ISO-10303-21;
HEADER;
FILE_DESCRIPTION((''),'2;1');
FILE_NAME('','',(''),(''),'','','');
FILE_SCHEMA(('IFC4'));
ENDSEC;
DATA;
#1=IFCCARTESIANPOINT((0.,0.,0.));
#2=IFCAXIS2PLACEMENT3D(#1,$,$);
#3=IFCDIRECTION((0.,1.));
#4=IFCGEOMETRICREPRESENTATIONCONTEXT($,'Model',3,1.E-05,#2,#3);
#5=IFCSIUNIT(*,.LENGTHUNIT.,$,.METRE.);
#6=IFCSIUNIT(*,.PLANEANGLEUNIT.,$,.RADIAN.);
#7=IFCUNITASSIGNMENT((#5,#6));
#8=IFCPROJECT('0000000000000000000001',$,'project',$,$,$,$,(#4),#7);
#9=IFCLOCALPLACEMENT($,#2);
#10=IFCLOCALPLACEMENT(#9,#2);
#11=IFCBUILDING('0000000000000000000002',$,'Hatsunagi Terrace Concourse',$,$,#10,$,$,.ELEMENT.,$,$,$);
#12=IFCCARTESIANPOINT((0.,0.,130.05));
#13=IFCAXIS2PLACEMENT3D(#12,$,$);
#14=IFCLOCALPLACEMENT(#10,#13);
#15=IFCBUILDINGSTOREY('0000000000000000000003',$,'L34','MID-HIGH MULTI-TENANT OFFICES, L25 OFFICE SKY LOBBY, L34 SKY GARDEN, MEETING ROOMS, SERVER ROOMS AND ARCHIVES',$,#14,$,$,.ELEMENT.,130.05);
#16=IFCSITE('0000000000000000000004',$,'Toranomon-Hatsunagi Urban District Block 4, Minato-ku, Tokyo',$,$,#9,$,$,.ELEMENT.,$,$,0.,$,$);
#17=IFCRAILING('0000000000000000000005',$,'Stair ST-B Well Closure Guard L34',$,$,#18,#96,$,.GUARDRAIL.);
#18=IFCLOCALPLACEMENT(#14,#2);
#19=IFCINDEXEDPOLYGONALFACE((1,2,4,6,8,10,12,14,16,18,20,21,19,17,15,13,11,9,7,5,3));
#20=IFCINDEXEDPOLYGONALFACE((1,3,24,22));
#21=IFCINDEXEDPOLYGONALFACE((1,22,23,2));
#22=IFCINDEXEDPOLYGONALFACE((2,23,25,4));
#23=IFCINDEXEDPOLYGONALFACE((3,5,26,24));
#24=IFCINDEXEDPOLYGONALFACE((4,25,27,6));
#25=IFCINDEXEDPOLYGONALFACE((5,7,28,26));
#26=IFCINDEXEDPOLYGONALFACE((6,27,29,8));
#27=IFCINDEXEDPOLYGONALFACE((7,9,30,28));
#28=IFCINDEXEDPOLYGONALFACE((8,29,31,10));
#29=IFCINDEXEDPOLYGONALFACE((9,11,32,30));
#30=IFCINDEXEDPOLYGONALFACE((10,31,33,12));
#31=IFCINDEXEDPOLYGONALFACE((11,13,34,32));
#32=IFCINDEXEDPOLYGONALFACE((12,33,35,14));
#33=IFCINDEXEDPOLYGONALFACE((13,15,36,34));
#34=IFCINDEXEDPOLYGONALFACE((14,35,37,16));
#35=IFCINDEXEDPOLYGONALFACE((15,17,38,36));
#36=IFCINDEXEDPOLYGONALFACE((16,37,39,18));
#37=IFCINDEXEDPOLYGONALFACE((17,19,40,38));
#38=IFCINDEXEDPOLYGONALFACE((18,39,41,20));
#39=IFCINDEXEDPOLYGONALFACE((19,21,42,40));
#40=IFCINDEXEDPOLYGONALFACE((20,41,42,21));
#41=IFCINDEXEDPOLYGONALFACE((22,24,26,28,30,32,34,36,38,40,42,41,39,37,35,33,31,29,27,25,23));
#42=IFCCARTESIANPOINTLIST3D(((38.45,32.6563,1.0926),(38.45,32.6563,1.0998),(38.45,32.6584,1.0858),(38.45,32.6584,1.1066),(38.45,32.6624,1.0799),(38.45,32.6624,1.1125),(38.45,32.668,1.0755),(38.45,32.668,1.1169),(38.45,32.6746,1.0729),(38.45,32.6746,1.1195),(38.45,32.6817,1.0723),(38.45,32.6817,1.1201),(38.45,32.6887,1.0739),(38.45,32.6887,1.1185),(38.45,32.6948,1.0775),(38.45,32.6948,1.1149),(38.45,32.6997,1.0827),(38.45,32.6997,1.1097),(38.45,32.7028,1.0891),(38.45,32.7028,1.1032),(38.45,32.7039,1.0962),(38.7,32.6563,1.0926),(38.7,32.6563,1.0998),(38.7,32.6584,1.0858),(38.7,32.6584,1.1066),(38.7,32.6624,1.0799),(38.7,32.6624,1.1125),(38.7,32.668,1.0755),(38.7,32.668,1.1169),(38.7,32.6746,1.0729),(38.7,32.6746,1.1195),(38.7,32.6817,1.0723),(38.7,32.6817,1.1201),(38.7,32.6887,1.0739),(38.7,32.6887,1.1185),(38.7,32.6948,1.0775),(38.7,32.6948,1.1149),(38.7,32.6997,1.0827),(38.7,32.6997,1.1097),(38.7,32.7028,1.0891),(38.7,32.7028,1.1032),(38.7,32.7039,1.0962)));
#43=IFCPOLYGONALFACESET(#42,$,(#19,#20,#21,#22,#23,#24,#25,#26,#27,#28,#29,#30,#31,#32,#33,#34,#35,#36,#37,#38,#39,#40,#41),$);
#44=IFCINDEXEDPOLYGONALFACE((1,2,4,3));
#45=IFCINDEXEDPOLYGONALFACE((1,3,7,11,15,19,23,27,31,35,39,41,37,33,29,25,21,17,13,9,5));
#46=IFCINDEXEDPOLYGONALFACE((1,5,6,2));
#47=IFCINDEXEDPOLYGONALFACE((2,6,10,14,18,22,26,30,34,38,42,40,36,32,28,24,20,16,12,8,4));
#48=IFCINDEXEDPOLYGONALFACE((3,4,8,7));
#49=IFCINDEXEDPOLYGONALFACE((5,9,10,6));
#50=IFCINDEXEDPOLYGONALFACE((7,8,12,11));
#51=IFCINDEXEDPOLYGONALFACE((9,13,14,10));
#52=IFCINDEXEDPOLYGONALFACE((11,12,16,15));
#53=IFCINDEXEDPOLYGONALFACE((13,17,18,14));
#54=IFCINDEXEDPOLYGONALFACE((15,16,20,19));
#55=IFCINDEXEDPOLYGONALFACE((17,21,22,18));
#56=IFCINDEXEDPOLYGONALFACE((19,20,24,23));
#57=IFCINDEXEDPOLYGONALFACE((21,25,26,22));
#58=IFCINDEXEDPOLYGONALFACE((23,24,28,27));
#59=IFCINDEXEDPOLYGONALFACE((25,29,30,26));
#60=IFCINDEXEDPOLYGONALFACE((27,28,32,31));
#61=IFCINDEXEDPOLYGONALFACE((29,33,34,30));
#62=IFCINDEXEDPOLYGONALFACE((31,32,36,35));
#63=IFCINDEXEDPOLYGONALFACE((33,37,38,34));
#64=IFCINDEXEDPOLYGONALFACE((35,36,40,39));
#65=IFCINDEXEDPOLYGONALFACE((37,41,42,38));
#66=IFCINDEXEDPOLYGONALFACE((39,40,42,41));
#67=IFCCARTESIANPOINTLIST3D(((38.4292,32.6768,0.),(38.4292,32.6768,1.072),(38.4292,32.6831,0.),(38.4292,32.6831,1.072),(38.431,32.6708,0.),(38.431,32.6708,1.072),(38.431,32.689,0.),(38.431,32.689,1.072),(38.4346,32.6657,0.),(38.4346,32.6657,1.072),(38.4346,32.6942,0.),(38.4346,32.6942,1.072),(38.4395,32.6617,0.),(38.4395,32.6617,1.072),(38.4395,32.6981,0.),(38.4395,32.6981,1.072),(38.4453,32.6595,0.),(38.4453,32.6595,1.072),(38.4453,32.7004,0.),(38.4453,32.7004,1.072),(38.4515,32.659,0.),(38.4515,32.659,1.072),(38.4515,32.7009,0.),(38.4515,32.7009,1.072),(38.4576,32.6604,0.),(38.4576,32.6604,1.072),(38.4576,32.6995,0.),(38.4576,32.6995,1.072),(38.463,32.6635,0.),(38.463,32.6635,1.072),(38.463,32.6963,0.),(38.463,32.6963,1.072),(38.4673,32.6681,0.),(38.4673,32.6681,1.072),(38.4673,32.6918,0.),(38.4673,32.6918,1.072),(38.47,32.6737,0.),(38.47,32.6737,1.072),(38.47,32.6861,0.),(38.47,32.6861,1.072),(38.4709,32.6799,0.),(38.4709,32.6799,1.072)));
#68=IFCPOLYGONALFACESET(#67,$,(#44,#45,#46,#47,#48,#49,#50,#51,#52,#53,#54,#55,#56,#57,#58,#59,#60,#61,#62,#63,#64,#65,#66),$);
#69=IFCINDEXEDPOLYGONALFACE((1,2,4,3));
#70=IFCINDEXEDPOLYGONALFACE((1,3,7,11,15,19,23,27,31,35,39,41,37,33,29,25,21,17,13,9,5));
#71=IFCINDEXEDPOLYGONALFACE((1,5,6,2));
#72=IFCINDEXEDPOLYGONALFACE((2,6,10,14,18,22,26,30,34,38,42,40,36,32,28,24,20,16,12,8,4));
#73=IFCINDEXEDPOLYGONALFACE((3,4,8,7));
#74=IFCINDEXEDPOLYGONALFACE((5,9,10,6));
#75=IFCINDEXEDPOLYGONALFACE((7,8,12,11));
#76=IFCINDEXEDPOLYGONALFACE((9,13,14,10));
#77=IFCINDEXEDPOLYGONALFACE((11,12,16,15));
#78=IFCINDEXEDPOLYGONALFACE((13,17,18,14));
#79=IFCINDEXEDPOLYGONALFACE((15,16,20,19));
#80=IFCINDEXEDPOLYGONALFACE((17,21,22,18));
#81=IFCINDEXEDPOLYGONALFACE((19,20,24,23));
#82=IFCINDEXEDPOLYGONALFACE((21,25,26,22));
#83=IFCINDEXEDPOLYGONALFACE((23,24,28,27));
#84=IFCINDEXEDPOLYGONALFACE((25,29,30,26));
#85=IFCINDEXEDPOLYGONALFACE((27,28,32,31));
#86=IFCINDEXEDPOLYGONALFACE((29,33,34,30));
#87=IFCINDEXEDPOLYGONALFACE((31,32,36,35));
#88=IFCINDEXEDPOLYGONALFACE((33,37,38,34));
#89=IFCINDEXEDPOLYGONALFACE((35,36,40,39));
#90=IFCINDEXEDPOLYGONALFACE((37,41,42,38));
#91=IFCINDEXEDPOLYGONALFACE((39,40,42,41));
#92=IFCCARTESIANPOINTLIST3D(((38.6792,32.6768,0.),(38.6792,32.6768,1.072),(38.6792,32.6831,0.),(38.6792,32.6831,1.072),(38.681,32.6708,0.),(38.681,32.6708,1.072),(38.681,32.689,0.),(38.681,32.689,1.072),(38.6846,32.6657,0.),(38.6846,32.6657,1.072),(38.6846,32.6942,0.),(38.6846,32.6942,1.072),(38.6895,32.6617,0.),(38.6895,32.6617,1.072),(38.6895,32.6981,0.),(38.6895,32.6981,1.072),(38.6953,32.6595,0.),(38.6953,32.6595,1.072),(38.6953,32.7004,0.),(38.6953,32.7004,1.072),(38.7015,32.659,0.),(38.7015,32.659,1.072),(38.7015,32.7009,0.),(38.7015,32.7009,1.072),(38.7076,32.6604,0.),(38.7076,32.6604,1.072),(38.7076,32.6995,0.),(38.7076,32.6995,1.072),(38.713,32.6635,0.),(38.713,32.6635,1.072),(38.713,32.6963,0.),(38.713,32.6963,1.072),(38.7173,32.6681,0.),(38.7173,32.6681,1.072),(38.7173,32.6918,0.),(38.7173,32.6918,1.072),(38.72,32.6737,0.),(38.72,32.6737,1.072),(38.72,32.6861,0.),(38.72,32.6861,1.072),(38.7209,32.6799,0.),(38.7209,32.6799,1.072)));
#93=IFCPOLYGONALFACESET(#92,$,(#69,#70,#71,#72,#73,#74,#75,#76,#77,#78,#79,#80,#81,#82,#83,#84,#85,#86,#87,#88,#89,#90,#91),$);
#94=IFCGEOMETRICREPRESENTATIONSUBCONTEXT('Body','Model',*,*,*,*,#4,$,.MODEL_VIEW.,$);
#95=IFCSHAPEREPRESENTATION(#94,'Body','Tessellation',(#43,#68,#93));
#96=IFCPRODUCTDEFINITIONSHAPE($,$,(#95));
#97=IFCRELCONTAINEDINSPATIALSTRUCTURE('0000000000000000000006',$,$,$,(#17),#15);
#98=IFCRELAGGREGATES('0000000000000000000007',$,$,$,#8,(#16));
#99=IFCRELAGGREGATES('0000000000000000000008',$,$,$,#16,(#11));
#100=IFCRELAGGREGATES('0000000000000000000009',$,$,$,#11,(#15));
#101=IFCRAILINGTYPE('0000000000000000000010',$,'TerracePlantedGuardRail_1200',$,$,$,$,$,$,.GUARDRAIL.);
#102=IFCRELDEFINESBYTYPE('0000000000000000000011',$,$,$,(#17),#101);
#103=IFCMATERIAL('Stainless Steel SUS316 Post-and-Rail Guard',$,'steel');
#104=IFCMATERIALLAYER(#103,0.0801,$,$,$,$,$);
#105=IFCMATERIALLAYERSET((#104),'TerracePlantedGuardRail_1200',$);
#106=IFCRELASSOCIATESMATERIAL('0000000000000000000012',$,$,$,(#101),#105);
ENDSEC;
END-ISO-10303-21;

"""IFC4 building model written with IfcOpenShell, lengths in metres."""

from ifc_helpers import new_model, si_unit, direction, frame, origin, origin_2d, place, context, subcontext, project, spatial, circle, extrude, material, layer, layer_set, type_object, element, save


model = new_model("IFC4")

# Units and contexts
model_context = context("Model", 3, precision=1e-05, world=origin(), true_north=direction((0.0, 1.0)))
body_context = subcontext(model_context, "Body", "Model", "MODEL_VIEW")
ifc_project = project(units=[si_unit("LENGTHUNIT", "METRE"), si_unit("PLANEANGLEUNIT", "RADIAN")], contexts=[model_context])

# Site, building, storey
site_placement = place(None, origin())
site = spatial("IfcSite", under=ifc_project, at=site_placement, Name="Toranomon-Hatsunagi Urban District Block 4, Minato-ku, Tokyo", CompositionType="ELEMENT", RefElevation=0.0)
building_placement = place(site_placement, origin())
building = spatial("IfcBuilding", under=site, at=building_placement, Name="Hatsunagi Terrace Concourse", CompositionType="ELEMENT")
storey_placement = place(building_placement, frame((0.0, 0.0, 130.05)))
storey = spatial("IfcBuildingStorey", under=building, at=storey_placement, Name="L34", Description="MID-HIGH MULTI-TENANT OFFICES, L25 OFFICE SKY LOBBY, L34 SKY GARDEN, MEETING ROOMS, SERVER ROOMS AND ARCHIVES", CompositionType="ELEMENT", Elevation=130.05)

# Railing
ifc_material_1 = material(Name="Stainless Steel SUS316 Post-and-Rail Guard", Category="steel")
ifc_layer_1 = layer(ifc_material_1, 0.0801)
ifc_layer_set_1 = layer_set([ifc_layer_1], Name="TerracePlantedGuardRail_1200")
railing_type_1 = type_object("IfcRailingType", Name="TerracePlantedGuardRail_1200", PredefinedType="GUARDRAIL", material=ifc_layer_set_1)
railing_1_placement = place(storey_placement, frame((38.45, 32.6799, 0.0)))
element("IfcRailing", 1, at=railing_1_placement, inside=storey, type_object=railing_type_1, Name="Stair ST-B Well Closure Guard L34", PredefinedType="GUARDRAIL", context=body_context, shape_type="SweptSolid", body=[
    extrude(circle(Radius=0.0239, at=origin_2d()), frame((0.0, 0.0, 1.0962), z_axis=(1.0, 0.0, 0.0), x_axis=(0.0, 1.0, 0.0)), (0.0, 0.0, 1.0), 0.25),
    extrude(circle(Radius=0.021, at=origin_2d()), origin(), (0.0, 0.0, 1.0), 1.072),
    extrude(circle(Radius=0.021, at=origin_2d()), frame((0.25, 0.0, 0.0)), (0.0, 0.0, 1.0), 1.072),
])

save(model, "model.ifc")
